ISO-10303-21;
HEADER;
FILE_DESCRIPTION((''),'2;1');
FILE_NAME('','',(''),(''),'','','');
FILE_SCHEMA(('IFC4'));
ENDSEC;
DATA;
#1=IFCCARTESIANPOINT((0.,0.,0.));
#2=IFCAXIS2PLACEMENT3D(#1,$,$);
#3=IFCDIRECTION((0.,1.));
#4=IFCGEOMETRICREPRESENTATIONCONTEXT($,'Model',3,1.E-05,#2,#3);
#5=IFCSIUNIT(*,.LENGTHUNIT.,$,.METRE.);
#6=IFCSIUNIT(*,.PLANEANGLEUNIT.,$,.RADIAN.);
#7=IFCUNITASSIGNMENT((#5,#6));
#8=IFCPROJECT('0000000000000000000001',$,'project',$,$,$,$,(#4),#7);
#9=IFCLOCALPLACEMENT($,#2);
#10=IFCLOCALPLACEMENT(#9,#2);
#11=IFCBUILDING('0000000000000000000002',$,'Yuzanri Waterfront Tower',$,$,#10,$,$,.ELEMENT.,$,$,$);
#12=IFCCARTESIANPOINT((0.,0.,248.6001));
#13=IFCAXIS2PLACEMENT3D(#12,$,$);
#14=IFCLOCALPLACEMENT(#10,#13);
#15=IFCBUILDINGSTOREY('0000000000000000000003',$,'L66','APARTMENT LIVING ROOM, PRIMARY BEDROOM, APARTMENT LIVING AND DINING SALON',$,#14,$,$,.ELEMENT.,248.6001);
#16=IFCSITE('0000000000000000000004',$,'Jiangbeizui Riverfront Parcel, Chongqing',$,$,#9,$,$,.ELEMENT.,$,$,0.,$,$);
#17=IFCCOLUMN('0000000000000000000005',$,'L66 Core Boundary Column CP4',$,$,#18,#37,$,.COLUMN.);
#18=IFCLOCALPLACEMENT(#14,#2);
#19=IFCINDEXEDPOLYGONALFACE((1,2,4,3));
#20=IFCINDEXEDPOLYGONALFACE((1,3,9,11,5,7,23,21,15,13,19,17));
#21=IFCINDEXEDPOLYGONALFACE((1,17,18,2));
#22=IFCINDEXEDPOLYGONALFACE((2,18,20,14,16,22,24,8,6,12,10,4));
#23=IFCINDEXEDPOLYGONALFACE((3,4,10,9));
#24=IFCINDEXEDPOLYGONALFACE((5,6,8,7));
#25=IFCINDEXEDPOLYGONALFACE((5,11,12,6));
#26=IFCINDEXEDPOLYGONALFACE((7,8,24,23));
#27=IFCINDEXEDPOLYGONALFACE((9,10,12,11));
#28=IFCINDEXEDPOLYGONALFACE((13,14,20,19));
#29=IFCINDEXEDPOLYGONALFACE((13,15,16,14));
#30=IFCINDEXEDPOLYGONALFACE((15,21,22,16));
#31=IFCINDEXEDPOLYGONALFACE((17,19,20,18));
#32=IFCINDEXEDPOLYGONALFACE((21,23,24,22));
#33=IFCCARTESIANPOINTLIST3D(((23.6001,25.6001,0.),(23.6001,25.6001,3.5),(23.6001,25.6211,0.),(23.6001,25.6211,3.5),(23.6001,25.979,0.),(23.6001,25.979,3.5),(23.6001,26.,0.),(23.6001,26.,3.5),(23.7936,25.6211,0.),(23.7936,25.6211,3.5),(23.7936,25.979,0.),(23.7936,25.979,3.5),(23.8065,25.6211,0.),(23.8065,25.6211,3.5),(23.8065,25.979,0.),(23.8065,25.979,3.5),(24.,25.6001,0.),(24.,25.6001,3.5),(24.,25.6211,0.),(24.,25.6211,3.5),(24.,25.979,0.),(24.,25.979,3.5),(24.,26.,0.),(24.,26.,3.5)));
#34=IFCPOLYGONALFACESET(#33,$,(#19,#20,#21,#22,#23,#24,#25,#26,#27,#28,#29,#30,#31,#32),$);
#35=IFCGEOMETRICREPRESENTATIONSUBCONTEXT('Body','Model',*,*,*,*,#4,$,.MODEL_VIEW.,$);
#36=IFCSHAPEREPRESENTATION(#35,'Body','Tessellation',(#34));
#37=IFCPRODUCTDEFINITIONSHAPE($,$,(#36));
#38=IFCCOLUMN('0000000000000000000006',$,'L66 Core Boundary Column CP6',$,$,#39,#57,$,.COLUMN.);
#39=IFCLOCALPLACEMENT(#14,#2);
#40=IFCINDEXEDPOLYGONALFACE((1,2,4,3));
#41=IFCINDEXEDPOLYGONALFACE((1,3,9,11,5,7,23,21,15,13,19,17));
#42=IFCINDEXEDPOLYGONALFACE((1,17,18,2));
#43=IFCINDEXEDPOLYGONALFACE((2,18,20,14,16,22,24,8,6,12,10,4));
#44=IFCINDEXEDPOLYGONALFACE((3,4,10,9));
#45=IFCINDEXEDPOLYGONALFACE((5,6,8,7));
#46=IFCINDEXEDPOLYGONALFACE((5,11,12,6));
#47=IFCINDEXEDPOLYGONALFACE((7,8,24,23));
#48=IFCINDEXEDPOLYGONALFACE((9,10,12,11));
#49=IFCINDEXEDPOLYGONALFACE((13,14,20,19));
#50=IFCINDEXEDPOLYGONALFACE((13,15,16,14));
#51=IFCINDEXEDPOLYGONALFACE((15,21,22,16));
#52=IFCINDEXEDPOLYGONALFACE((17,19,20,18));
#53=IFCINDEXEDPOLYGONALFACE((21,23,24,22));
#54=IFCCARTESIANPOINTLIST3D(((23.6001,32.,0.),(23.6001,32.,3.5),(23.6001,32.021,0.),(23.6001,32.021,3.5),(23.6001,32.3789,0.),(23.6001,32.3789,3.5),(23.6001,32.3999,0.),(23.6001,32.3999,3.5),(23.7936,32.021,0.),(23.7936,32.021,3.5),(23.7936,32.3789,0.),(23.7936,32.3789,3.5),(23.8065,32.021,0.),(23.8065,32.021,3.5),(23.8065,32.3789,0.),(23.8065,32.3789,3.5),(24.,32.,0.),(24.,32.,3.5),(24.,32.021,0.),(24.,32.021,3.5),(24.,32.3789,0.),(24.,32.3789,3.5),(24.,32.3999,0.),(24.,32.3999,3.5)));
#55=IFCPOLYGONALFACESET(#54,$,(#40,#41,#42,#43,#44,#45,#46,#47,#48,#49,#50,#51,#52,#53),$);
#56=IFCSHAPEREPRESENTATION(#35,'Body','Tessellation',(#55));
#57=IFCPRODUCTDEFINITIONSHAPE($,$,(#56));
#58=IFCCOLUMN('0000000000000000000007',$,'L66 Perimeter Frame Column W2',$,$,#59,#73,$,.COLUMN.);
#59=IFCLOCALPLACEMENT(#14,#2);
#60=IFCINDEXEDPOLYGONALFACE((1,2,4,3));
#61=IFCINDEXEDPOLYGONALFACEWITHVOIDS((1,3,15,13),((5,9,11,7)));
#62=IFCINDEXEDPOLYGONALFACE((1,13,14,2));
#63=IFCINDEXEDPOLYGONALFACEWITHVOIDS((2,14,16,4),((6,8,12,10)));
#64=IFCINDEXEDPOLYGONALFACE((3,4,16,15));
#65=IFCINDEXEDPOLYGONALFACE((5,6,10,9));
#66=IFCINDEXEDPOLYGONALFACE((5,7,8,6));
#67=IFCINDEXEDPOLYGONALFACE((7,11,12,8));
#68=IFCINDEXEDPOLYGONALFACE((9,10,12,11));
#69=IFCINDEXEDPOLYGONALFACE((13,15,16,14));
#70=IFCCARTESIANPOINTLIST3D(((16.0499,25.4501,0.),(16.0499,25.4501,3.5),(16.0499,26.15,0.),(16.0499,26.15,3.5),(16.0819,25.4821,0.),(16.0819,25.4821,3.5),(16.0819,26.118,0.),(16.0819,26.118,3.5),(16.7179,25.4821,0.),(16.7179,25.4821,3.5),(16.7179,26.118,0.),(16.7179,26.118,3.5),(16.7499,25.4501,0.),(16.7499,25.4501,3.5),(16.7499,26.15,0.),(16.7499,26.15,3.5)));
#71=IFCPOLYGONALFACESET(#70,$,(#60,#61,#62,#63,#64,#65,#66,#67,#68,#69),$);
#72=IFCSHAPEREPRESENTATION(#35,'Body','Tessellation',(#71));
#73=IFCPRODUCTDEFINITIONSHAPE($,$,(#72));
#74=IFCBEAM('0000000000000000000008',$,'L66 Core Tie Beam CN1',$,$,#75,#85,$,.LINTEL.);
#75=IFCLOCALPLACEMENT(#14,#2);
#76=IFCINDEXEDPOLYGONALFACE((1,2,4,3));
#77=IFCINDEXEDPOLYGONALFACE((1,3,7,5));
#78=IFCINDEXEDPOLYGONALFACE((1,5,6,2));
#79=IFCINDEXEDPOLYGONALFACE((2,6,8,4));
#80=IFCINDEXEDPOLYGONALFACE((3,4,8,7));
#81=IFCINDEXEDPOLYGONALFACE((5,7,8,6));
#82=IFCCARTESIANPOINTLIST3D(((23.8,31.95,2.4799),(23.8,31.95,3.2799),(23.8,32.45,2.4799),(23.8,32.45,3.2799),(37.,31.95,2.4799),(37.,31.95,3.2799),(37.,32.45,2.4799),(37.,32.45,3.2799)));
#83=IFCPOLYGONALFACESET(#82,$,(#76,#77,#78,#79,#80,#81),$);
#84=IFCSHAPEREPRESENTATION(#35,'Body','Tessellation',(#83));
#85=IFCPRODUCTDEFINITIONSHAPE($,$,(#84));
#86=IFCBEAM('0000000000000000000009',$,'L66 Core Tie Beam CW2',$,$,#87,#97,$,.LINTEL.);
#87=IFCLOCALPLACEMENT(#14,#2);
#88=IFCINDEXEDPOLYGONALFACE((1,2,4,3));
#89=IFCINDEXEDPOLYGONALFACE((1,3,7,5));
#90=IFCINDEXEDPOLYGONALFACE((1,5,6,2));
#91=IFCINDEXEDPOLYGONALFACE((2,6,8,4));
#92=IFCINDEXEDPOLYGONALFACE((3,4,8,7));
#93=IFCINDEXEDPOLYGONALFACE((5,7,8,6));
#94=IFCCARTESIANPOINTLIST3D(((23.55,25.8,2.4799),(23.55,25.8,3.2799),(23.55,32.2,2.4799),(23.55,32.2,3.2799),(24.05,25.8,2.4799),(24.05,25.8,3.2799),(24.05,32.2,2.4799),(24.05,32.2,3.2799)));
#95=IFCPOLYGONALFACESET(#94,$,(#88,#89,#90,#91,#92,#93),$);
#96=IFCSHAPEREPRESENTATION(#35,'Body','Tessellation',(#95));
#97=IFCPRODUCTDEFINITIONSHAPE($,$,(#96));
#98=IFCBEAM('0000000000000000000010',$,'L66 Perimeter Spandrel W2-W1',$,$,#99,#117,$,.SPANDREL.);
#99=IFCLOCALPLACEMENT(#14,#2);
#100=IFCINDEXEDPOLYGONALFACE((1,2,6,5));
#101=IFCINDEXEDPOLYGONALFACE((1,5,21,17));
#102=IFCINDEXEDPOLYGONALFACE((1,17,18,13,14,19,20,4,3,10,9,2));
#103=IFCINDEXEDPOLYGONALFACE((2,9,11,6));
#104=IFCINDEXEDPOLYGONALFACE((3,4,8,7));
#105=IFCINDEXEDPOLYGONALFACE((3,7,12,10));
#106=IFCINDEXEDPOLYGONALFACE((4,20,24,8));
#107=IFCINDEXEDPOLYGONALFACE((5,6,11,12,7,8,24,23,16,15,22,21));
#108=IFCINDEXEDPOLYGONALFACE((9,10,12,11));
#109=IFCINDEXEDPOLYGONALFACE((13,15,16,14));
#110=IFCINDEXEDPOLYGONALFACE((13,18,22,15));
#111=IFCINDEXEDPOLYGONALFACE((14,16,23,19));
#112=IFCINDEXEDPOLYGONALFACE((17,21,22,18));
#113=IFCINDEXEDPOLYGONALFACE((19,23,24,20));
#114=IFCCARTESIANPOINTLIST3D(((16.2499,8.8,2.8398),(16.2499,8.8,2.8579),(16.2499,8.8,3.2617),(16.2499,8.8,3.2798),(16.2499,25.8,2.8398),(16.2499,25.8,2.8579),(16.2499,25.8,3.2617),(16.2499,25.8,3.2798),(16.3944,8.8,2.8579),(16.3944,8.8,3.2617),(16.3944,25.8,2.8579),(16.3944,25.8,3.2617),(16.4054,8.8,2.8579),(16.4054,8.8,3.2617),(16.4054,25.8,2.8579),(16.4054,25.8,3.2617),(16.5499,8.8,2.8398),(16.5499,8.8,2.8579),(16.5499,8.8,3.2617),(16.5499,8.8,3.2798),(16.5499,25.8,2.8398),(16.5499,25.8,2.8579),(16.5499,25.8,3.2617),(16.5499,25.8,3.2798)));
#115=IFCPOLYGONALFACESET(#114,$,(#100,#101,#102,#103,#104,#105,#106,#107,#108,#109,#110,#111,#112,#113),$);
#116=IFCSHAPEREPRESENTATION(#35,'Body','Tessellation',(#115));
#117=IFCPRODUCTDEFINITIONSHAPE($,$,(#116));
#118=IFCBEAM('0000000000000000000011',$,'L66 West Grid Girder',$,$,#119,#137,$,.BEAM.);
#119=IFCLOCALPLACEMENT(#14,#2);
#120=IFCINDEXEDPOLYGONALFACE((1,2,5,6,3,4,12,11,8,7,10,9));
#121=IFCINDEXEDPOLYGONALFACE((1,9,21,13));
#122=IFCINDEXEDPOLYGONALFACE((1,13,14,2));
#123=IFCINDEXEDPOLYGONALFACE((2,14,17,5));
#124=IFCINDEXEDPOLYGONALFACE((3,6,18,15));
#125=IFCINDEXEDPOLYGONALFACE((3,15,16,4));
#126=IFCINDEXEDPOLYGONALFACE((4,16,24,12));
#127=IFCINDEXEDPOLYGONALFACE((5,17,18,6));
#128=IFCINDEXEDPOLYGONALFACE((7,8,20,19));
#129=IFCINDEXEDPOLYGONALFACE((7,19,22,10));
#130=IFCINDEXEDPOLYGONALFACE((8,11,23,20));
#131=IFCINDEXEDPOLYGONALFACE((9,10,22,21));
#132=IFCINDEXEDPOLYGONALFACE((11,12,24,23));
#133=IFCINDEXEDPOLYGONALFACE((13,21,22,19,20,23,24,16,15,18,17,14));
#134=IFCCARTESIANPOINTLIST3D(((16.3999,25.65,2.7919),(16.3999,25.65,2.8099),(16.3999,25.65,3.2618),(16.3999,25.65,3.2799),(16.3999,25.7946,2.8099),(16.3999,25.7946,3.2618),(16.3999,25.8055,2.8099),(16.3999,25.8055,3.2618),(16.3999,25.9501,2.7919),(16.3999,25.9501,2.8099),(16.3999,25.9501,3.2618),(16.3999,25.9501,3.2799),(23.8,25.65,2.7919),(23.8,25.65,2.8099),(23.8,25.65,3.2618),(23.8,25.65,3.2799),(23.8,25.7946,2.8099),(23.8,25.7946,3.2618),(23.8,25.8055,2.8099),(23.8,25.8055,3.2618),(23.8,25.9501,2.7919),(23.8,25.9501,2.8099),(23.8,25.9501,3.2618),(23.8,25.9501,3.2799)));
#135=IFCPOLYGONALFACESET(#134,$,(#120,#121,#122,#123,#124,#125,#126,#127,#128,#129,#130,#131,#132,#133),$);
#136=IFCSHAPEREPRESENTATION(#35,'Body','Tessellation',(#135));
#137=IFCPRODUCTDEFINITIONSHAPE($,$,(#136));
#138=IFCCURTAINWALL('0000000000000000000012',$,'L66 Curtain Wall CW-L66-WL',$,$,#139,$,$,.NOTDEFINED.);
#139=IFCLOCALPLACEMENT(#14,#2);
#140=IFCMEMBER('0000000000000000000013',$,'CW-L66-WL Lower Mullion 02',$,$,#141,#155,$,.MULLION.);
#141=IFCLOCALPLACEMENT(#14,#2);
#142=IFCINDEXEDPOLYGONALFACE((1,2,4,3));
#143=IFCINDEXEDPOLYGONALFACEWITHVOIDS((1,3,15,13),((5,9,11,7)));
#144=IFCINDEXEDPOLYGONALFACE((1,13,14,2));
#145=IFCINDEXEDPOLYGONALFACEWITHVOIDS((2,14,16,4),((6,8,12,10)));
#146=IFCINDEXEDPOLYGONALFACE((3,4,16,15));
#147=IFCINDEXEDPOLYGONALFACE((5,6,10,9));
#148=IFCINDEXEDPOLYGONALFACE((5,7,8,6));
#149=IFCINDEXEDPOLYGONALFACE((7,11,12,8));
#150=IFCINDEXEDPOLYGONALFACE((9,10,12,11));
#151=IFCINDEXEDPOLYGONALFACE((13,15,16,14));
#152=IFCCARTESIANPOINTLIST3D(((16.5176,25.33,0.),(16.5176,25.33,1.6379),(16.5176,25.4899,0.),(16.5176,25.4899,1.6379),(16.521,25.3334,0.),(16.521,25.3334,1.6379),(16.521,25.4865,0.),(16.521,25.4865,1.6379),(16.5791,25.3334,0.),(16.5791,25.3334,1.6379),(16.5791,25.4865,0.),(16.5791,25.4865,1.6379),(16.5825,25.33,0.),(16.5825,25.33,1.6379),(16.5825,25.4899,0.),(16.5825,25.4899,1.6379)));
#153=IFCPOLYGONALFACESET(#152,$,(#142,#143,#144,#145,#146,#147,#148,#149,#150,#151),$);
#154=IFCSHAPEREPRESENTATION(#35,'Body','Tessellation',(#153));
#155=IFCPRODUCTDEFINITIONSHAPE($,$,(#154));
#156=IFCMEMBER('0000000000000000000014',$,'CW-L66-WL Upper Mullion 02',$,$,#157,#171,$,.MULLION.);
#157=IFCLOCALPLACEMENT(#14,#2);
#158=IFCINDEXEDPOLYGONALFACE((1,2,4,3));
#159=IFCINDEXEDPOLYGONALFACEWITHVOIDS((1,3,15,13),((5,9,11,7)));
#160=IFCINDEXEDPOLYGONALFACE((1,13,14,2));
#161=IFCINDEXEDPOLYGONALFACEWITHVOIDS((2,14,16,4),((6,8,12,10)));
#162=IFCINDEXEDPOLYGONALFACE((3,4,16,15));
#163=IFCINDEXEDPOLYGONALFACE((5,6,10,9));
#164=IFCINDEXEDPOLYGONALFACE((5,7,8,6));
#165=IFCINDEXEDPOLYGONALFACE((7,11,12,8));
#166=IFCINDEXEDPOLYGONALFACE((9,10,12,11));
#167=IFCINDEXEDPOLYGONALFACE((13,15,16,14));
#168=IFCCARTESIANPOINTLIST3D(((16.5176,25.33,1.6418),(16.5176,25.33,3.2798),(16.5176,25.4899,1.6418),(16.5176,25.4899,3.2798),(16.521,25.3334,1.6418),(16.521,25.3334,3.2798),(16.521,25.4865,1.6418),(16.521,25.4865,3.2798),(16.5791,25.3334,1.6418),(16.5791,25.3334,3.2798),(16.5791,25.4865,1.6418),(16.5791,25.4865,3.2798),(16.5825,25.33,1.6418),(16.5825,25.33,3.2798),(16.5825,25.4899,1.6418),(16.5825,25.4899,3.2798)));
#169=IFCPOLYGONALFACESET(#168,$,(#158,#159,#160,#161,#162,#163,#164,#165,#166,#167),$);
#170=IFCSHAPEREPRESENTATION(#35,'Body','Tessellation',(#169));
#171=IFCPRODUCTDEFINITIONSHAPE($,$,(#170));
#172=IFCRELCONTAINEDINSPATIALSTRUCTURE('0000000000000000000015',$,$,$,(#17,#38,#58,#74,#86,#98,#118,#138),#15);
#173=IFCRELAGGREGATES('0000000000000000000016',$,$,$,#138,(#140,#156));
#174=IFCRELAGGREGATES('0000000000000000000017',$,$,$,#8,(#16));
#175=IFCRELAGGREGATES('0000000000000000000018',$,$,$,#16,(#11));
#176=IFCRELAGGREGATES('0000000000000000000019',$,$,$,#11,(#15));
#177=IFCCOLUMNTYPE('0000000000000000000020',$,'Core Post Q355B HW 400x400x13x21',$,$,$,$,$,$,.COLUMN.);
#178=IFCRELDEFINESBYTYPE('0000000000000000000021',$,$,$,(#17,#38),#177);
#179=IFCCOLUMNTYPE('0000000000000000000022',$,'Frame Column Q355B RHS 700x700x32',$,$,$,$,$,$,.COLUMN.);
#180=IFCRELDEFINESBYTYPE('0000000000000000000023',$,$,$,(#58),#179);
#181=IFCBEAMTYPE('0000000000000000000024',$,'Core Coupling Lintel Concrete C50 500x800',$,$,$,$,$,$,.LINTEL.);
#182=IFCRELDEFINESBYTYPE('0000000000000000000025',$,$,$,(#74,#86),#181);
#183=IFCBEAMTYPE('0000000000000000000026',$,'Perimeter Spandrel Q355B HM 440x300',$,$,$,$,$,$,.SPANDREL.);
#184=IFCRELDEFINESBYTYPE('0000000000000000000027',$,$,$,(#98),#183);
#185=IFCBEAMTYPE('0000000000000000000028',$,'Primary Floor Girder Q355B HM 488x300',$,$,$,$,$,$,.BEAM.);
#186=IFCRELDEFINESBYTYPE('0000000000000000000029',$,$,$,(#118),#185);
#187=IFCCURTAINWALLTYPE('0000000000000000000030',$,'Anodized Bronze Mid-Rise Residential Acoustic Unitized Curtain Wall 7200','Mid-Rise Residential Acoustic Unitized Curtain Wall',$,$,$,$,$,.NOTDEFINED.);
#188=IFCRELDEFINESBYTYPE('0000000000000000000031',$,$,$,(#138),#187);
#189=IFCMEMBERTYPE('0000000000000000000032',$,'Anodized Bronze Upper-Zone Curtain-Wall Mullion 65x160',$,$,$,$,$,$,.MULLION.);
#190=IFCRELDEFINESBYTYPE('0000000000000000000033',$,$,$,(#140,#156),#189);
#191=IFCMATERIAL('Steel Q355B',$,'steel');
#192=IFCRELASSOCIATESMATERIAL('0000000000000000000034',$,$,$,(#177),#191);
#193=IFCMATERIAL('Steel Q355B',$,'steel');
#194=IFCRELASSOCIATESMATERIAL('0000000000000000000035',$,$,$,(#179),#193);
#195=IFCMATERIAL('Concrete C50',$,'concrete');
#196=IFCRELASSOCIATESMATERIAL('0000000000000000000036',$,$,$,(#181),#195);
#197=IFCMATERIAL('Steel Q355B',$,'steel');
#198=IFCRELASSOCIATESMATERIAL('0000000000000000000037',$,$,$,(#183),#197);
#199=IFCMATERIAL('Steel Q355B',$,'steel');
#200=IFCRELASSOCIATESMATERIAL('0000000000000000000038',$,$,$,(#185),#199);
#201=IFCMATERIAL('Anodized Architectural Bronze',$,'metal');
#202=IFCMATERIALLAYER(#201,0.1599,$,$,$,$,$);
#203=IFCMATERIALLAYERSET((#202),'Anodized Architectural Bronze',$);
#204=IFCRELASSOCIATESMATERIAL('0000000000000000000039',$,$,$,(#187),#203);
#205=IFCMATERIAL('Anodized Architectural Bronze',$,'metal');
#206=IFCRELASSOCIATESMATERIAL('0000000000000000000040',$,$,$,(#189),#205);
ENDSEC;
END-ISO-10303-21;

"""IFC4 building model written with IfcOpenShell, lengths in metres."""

from ifc_helpers import new_model, si_unit, direction, frame, origin, origin_2d, place, context, subcontext, project, spatial, rectangle, hollow_rectangle, i_section, extrude, source, transform, mapped, material, layer, layer_set, material_profile, profile_set, type_object, element, aggregate, save


model = new_model("IFC4")

# Units and contexts
model_context = context("Model", 3, precision=1e-05, world=origin(), true_north=direction((0.0, 1.0)))
body_context = subcontext(model_context, "Body", "Model", "MODEL_VIEW")
ifc_project = project(units=[si_unit("LENGTHUNIT", "METRE"), si_unit("PLANEANGLEUNIT", "RADIAN")], contexts=[model_context])

# Site, building, storey
site_placement = place(None, origin())
site = spatial("IfcSite", under=ifc_project, at=site_placement, Name="Jiangbeizui Riverfront Parcel, Chongqing", CompositionType="ELEMENT", RefElevation=0.0)
building_placement = place(site_placement, origin())
building = spatial("IfcBuilding", under=site, at=building_placement, Name="Yuzanri Waterfront Tower", CompositionType="ELEMENT")
storey_placement = place(building_placement, frame((0.0, 0.0, 248.6001)))
storey = spatial("IfcBuildingStorey", under=building, at=storey_placement, Name="L66", Description="APARTMENT LIVING ROOM, PRIMARY BEDROOM, APARTMENT LIVING AND DINING SALON", CompositionType="ELEMENT", Elevation=248.6001)

# Columns
ifc_material_1 = material(Name="Steel Q355B", Category="steel")
ifc_material_profile_1 = material_profile(ifc_material_1, i_section(OverallWidth=0.3999, OverallDepth=0.3999, WebThickness=0.0129, FlangeThickness=0.021, at=origin_2d()), Name="HW 400x400x13x21")
ifc_profile_set_1 = profile_set([ifc_material_profile_1], Name="Steel Q355B")
column_type_1 = type_object("IfcColumnType", Name="Core Post Q355B HW 400x400x13x21", PredefinedType="COLUMN", material=ifc_profile_set_1)
shared_shape_1 = source(origin(), body_context, "Body", "SweptSolid", [
    extrude(i_section(OverallWidth=0.3999, OverallDepth=0.3999, WebThickness=0.0129, FlangeThickness=0.021, at=origin_2d()), origin(), (0.0, 0.0, 1.0), 3.5),
])
for number, where, z_axis, x_axis, name in (
    (1, (23.8, 25.8, 0.0), (0.0, 0.0, 1.0), (1.0, 0.0, 0.0), "L66 Core Boundary Column CP4"),
    (2, (23.8, 32.2, 0.0), (0.0, 0.0, 1.0), (1.0, 0.0, 0.0), "L66 Core Boundary Column CP6"),
):
    element("IfcColumn", number, at=place(storey_placement, frame(where, z_axis=z_axis, x_axis=x_axis)), inside=storey, type_object=column_type_1, Name=name, PredefinedType="COLUMN", context=body_context, shape_type="MappedRepresentation", body=[
        mapped(shared_shape_1, transform((0.0, 0.0, 0.0), scale=1.0)),
    ])
ifc_material_2 = material(Name="Steel Q355B", Category="steel")
ifc_material_profile_2 = material_profile(ifc_material_2, hollow_rectangle(XDim=0.7, YDim=0.7, WallThickness=0.032, at=origin_2d()), Name="RHS 700x700x32")
ifc_profile_set_2 = profile_set([ifc_material_profile_2], Name="Steel Q355B")
column_type_2 = type_object("IfcColumnType", Name="Frame Column Q355B RHS 700x700x32", PredefinedType="COLUMN", material=ifc_profile_set_2)
shared_shape_2 = source(origin(), body_context, "Body", "SweptSolid", [
    extrude(hollow_rectangle(XDim=0.7, YDim=0.7, WallThickness=0.032, at=origin_2d()), origin(), (0.0, 0.0, 1.0), 3.5),
])
column_placement = place(storey_placement, frame((16.3999, 25.8, 0.0), z_axis=(0.0, 0.0, 1.0), x_axis=(1.0, 0.0, 0.0)))
element("IfcColumn", 3, at=column_placement, inside=storey, type_object=column_type_2, Name="L66 Perimeter Frame Column W2", PredefinedType="COLUMN", context=body_context, shape_type="MappedRepresentation", body=[
    mapped(shared_shape_2, transform((0.0, 0.0, 0.0), scale=1.0)),
])

# Beams
ifc_material_3 = material(Name="Concrete C50", Category="concrete")
ifc_material_profile_3 = material_profile(ifc_material_3, rectangle(XDim=0.5, YDim=0.8, at=origin_2d()), Name="RC 500x800")
ifc_profile_set_3 = profile_set([ifc_material_profile_3], Name="Concrete C50")
beam_type_1 = type_object("IfcBeamType", Name="Core Coupling Lintel Concrete C50 500x800", PredefinedType="LINTEL", material=ifc_profile_set_3)
shared_shape_3 = source(origin(), body_context, "Body", "SweptSolid", [
    extrude(rectangle(XDim=0.5, YDim=0.8, at=origin_2d()), origin(), (0.0, 0.0, 1.0), 13.2),
])
beam_1_placement = place(storey_placement, frame((23.8, 32.2, 2.8799), z_axis=(1.0, 0.0, 0.0), x_axis=(0.0, 1.0, 0.0)))
element("IfcBeam", 4, at=beam_1_placement, inside=storey, type_object=beam_type_1, Name="L66 Core Tie Beam CN1", PredefinedType="LINTEL", context=body_context, shape_type="MappedRepresentation", body=[
    mapped(shared_shape_3, transform((0.0, 0.0, 0.0), scale=1.0)),
])
shared_shape_4 = source(origin(), body_context, "Body", "SweptSolid", [
    extrude(rectangle(XDim=0.5, YDim=0.8, at=origin_2d()), origin(), (0.0, 0.0, 1.0), 6.3999),
])
beam_2_placement = place(storey_placement, frame((23.8, 25.8, 2.8799), z_axis=(0.0, 1.0, 0.0), x_axis=(-1.0, 0.0, 0.0)))
element("IfcBeam", 5, at=beam_2_placement, inside=storey, type_object=beam_type_1, Name="L66 Core Tie Beam CW2", PredefinedType="LINTEL", context=body_context, shape_type="MappedRepresentation", body=[
    mapped(shared_shape_4, transform((0.0, 0.0, 0.0), scale=1.0)),
])
ifc_material_4 = material(Name="Steel Q355B", Category="steel")
ifc_material_profile_4 = material_profile(ifc_material_4, i_section(OverallWidth=0.3, OverallDepth=0.4399, WebThickness=0.011, FlangeThickness=0.0181, at=origin_2d()), Name="HM 440x300x11x18")
ifc_profile_set_4 = profile_set([ifc_material_profile_4], Name="Steel Q355B")
beam_type_2 = type_object("IfcBeamType", Name="Perimeter Spandrel Q355B HM 440x300", PredefinedType="SPANDREL", material=ifc_profile_set_4)
shared_shape_5 = source(origin(), body_context, "Body", "SweptSolid", [
    extrude(i_section(OverallWidth=0.3, OverallDepth=0.4399, WebThickness=0.011, FlangeThickness=0.0181, at=origin_2d()), origin(), (0.0, 0.0, 1.0), 17.0),
])
beam_3_placement = place(storey_placement, frame((16.3999, 25.8, 3.0598), z_axis=(0.0, -1.0, 0.0), x_axis=(1.0, 0.0, 0.0)))
element("IfcBeam", 6, at=beam_3_placement, inside=storey, type_object=beam_type_2, Name="L66 Perimeter Spandrel W2-W1", PredefinedType="SPANDREL", context=body_context, shape_type="MappedRepresentation", body=[
    mapped(shared_shape_5, transform((0.0, 0.0, 0.0), scale=1.0)),
])
ifc_material_5 = material(Name="Steel Q355B", Category="steel")
ifc_material_profile_5 = material_profile(ifc_material_5, i_section(OverallWidth=0.3, OverallDepth=0.488, WebThickness=0.011, FlangeThickness=0.0181, at=origin_2d()), Name="HM 488x300x11x18")
ifc_profile_set_5 = profile_set([ifc_material_profile_5], Name="Steel Q355B")
beam_type_3 = type_object("IfcBeamType", Name="Primary Floor Girder Q355B HM 488x300", PredefinedType="BEAM", material=ifc_profile_set_5)
shared_shape_6 = source(origin(), body_context, "Body", "SweptSolid", [
    extrude(i_section(OverallWidth=0.3, OverallDepth=0.488, WebThickness=0.011, FlangeThickness=0.0181, at=origin_2d()), origin(), (0.0, 0.0, 1.0), 7.4001),
])
beam_4_placement = place(storey_placement, frame((23.8, 25.8, 3.0359), z_axis=(-1.0, 0.0, 0.0), x_axis=(0.0, -1.0, 0.0)))
element("IfcBeam", 7, at=beam_4_placement, inside=storey, type_object=beam_type_3, Name="L66 West Grid Girder", PredefinedType="BEAM", context=body_context, shape_type="MappedRepresentation", body=[
    mapped(shared_shape_6, transform((0.0, 0.0, 0.0), scale=1.0)),
])

# Curtain wall, members
ifc_material_6 = material(Name="Anodized Architectural Bronze", Category="metal")
ifc_layer_1 = layer(ifc_material_6, 0.1599)
ifc_layer_set_1 = layer_set([ifc_layer_1], Name="Anodized Architectural Bronze")
curtain_wall_type = type_object("IfcCurtainWallType", Name="Anodized Bronze Mid-Rise Residential Acoustic Unitized Curtain Wall 7200", Description="Mid-Rise Residential Acoustic Unitized Curtain Wall", PredefinedType="NOTDEFINED", material=ifc_layer_set_1)
curtain_wall_1_placement = place(storey_placement, origin())
curtain_wall_1 = element("IfcCurtainWall", 8, at=curtain_wall_1_placement, inside=storey, type_object=curtain_wall_type, Name="L66 Curtain Wall CW-L66-WL", PredefinedType="NOTDEFINED")
ifc_material_7 = material(Name="Anodized Architectural Bronze", Category="metal")
ifc_material_profile_6 = material_profile(ifc_material_7, hollow_rectangle(XDim=0.0649, YDim=0.1599, WallThickness=0.0034, at=origin_2d()), Name="CWM 65x160")
ifc_profile_set_6 = profile_set([ifc_material_profile_6], Name="Anodized Architectural Bronze")
member_type_1 = type_object("IfcMemberType", Name="Anodized Bronze Upper-Zone Curtain-Wall Mullion 65x160", PredefinedType="MULLION", material=ifc_profile_set_6)
shared_shape_7 = source(origin(), body_context, "Body", "SweptSolid", [
    extrude(hollow_rectangle(XDim=0.0649, YDim=0.1599, WallThickness=0.0034, at=origin_2d()), origin(), (0.0, 0.0, 1.0), 1.6379),
])
member_1_placement = place(storey_placement, frame((16.55, 25.4099, 0.0), z_axis=(0.0, 0.0, 1.0), x_axis=(1.0, 0.0, 0.0)))
member_1 = element("IfcMember", 9, at=member_1_placement, type_object=member_type_1, Name="CW-L66-WL Lower Mullion 02", PredefinedType="MULLION", context=body_context, shape_type="MappedRepresentation", body=[
    mapped(shared_shape_7, transform((0.0, 0.0, 0.0), scale=1.0)),
])
member_2_placement = place(storey_placement, frame((16.55, 25.4099, 1.6418), z_axis=(0.0, 0.0, 1.0), x_axis=(1.0, 0.0, 0.0)))
member_2 = element("IfcMember", 10, at=member_2_placement, type_object=member_type_1, Name="CW-L66-WL Upper Mullion 02", PredefinedType="MULLION", context=body_context, shape_type="MappedRepresentation", body=[
    mapped(shared_shape_7, transform((0.0, 0.0, 0.0), scale=1.0)),
])
aggregate(curtain_wall_1, [member_1, member_2])

save(model, "model.ifc")
